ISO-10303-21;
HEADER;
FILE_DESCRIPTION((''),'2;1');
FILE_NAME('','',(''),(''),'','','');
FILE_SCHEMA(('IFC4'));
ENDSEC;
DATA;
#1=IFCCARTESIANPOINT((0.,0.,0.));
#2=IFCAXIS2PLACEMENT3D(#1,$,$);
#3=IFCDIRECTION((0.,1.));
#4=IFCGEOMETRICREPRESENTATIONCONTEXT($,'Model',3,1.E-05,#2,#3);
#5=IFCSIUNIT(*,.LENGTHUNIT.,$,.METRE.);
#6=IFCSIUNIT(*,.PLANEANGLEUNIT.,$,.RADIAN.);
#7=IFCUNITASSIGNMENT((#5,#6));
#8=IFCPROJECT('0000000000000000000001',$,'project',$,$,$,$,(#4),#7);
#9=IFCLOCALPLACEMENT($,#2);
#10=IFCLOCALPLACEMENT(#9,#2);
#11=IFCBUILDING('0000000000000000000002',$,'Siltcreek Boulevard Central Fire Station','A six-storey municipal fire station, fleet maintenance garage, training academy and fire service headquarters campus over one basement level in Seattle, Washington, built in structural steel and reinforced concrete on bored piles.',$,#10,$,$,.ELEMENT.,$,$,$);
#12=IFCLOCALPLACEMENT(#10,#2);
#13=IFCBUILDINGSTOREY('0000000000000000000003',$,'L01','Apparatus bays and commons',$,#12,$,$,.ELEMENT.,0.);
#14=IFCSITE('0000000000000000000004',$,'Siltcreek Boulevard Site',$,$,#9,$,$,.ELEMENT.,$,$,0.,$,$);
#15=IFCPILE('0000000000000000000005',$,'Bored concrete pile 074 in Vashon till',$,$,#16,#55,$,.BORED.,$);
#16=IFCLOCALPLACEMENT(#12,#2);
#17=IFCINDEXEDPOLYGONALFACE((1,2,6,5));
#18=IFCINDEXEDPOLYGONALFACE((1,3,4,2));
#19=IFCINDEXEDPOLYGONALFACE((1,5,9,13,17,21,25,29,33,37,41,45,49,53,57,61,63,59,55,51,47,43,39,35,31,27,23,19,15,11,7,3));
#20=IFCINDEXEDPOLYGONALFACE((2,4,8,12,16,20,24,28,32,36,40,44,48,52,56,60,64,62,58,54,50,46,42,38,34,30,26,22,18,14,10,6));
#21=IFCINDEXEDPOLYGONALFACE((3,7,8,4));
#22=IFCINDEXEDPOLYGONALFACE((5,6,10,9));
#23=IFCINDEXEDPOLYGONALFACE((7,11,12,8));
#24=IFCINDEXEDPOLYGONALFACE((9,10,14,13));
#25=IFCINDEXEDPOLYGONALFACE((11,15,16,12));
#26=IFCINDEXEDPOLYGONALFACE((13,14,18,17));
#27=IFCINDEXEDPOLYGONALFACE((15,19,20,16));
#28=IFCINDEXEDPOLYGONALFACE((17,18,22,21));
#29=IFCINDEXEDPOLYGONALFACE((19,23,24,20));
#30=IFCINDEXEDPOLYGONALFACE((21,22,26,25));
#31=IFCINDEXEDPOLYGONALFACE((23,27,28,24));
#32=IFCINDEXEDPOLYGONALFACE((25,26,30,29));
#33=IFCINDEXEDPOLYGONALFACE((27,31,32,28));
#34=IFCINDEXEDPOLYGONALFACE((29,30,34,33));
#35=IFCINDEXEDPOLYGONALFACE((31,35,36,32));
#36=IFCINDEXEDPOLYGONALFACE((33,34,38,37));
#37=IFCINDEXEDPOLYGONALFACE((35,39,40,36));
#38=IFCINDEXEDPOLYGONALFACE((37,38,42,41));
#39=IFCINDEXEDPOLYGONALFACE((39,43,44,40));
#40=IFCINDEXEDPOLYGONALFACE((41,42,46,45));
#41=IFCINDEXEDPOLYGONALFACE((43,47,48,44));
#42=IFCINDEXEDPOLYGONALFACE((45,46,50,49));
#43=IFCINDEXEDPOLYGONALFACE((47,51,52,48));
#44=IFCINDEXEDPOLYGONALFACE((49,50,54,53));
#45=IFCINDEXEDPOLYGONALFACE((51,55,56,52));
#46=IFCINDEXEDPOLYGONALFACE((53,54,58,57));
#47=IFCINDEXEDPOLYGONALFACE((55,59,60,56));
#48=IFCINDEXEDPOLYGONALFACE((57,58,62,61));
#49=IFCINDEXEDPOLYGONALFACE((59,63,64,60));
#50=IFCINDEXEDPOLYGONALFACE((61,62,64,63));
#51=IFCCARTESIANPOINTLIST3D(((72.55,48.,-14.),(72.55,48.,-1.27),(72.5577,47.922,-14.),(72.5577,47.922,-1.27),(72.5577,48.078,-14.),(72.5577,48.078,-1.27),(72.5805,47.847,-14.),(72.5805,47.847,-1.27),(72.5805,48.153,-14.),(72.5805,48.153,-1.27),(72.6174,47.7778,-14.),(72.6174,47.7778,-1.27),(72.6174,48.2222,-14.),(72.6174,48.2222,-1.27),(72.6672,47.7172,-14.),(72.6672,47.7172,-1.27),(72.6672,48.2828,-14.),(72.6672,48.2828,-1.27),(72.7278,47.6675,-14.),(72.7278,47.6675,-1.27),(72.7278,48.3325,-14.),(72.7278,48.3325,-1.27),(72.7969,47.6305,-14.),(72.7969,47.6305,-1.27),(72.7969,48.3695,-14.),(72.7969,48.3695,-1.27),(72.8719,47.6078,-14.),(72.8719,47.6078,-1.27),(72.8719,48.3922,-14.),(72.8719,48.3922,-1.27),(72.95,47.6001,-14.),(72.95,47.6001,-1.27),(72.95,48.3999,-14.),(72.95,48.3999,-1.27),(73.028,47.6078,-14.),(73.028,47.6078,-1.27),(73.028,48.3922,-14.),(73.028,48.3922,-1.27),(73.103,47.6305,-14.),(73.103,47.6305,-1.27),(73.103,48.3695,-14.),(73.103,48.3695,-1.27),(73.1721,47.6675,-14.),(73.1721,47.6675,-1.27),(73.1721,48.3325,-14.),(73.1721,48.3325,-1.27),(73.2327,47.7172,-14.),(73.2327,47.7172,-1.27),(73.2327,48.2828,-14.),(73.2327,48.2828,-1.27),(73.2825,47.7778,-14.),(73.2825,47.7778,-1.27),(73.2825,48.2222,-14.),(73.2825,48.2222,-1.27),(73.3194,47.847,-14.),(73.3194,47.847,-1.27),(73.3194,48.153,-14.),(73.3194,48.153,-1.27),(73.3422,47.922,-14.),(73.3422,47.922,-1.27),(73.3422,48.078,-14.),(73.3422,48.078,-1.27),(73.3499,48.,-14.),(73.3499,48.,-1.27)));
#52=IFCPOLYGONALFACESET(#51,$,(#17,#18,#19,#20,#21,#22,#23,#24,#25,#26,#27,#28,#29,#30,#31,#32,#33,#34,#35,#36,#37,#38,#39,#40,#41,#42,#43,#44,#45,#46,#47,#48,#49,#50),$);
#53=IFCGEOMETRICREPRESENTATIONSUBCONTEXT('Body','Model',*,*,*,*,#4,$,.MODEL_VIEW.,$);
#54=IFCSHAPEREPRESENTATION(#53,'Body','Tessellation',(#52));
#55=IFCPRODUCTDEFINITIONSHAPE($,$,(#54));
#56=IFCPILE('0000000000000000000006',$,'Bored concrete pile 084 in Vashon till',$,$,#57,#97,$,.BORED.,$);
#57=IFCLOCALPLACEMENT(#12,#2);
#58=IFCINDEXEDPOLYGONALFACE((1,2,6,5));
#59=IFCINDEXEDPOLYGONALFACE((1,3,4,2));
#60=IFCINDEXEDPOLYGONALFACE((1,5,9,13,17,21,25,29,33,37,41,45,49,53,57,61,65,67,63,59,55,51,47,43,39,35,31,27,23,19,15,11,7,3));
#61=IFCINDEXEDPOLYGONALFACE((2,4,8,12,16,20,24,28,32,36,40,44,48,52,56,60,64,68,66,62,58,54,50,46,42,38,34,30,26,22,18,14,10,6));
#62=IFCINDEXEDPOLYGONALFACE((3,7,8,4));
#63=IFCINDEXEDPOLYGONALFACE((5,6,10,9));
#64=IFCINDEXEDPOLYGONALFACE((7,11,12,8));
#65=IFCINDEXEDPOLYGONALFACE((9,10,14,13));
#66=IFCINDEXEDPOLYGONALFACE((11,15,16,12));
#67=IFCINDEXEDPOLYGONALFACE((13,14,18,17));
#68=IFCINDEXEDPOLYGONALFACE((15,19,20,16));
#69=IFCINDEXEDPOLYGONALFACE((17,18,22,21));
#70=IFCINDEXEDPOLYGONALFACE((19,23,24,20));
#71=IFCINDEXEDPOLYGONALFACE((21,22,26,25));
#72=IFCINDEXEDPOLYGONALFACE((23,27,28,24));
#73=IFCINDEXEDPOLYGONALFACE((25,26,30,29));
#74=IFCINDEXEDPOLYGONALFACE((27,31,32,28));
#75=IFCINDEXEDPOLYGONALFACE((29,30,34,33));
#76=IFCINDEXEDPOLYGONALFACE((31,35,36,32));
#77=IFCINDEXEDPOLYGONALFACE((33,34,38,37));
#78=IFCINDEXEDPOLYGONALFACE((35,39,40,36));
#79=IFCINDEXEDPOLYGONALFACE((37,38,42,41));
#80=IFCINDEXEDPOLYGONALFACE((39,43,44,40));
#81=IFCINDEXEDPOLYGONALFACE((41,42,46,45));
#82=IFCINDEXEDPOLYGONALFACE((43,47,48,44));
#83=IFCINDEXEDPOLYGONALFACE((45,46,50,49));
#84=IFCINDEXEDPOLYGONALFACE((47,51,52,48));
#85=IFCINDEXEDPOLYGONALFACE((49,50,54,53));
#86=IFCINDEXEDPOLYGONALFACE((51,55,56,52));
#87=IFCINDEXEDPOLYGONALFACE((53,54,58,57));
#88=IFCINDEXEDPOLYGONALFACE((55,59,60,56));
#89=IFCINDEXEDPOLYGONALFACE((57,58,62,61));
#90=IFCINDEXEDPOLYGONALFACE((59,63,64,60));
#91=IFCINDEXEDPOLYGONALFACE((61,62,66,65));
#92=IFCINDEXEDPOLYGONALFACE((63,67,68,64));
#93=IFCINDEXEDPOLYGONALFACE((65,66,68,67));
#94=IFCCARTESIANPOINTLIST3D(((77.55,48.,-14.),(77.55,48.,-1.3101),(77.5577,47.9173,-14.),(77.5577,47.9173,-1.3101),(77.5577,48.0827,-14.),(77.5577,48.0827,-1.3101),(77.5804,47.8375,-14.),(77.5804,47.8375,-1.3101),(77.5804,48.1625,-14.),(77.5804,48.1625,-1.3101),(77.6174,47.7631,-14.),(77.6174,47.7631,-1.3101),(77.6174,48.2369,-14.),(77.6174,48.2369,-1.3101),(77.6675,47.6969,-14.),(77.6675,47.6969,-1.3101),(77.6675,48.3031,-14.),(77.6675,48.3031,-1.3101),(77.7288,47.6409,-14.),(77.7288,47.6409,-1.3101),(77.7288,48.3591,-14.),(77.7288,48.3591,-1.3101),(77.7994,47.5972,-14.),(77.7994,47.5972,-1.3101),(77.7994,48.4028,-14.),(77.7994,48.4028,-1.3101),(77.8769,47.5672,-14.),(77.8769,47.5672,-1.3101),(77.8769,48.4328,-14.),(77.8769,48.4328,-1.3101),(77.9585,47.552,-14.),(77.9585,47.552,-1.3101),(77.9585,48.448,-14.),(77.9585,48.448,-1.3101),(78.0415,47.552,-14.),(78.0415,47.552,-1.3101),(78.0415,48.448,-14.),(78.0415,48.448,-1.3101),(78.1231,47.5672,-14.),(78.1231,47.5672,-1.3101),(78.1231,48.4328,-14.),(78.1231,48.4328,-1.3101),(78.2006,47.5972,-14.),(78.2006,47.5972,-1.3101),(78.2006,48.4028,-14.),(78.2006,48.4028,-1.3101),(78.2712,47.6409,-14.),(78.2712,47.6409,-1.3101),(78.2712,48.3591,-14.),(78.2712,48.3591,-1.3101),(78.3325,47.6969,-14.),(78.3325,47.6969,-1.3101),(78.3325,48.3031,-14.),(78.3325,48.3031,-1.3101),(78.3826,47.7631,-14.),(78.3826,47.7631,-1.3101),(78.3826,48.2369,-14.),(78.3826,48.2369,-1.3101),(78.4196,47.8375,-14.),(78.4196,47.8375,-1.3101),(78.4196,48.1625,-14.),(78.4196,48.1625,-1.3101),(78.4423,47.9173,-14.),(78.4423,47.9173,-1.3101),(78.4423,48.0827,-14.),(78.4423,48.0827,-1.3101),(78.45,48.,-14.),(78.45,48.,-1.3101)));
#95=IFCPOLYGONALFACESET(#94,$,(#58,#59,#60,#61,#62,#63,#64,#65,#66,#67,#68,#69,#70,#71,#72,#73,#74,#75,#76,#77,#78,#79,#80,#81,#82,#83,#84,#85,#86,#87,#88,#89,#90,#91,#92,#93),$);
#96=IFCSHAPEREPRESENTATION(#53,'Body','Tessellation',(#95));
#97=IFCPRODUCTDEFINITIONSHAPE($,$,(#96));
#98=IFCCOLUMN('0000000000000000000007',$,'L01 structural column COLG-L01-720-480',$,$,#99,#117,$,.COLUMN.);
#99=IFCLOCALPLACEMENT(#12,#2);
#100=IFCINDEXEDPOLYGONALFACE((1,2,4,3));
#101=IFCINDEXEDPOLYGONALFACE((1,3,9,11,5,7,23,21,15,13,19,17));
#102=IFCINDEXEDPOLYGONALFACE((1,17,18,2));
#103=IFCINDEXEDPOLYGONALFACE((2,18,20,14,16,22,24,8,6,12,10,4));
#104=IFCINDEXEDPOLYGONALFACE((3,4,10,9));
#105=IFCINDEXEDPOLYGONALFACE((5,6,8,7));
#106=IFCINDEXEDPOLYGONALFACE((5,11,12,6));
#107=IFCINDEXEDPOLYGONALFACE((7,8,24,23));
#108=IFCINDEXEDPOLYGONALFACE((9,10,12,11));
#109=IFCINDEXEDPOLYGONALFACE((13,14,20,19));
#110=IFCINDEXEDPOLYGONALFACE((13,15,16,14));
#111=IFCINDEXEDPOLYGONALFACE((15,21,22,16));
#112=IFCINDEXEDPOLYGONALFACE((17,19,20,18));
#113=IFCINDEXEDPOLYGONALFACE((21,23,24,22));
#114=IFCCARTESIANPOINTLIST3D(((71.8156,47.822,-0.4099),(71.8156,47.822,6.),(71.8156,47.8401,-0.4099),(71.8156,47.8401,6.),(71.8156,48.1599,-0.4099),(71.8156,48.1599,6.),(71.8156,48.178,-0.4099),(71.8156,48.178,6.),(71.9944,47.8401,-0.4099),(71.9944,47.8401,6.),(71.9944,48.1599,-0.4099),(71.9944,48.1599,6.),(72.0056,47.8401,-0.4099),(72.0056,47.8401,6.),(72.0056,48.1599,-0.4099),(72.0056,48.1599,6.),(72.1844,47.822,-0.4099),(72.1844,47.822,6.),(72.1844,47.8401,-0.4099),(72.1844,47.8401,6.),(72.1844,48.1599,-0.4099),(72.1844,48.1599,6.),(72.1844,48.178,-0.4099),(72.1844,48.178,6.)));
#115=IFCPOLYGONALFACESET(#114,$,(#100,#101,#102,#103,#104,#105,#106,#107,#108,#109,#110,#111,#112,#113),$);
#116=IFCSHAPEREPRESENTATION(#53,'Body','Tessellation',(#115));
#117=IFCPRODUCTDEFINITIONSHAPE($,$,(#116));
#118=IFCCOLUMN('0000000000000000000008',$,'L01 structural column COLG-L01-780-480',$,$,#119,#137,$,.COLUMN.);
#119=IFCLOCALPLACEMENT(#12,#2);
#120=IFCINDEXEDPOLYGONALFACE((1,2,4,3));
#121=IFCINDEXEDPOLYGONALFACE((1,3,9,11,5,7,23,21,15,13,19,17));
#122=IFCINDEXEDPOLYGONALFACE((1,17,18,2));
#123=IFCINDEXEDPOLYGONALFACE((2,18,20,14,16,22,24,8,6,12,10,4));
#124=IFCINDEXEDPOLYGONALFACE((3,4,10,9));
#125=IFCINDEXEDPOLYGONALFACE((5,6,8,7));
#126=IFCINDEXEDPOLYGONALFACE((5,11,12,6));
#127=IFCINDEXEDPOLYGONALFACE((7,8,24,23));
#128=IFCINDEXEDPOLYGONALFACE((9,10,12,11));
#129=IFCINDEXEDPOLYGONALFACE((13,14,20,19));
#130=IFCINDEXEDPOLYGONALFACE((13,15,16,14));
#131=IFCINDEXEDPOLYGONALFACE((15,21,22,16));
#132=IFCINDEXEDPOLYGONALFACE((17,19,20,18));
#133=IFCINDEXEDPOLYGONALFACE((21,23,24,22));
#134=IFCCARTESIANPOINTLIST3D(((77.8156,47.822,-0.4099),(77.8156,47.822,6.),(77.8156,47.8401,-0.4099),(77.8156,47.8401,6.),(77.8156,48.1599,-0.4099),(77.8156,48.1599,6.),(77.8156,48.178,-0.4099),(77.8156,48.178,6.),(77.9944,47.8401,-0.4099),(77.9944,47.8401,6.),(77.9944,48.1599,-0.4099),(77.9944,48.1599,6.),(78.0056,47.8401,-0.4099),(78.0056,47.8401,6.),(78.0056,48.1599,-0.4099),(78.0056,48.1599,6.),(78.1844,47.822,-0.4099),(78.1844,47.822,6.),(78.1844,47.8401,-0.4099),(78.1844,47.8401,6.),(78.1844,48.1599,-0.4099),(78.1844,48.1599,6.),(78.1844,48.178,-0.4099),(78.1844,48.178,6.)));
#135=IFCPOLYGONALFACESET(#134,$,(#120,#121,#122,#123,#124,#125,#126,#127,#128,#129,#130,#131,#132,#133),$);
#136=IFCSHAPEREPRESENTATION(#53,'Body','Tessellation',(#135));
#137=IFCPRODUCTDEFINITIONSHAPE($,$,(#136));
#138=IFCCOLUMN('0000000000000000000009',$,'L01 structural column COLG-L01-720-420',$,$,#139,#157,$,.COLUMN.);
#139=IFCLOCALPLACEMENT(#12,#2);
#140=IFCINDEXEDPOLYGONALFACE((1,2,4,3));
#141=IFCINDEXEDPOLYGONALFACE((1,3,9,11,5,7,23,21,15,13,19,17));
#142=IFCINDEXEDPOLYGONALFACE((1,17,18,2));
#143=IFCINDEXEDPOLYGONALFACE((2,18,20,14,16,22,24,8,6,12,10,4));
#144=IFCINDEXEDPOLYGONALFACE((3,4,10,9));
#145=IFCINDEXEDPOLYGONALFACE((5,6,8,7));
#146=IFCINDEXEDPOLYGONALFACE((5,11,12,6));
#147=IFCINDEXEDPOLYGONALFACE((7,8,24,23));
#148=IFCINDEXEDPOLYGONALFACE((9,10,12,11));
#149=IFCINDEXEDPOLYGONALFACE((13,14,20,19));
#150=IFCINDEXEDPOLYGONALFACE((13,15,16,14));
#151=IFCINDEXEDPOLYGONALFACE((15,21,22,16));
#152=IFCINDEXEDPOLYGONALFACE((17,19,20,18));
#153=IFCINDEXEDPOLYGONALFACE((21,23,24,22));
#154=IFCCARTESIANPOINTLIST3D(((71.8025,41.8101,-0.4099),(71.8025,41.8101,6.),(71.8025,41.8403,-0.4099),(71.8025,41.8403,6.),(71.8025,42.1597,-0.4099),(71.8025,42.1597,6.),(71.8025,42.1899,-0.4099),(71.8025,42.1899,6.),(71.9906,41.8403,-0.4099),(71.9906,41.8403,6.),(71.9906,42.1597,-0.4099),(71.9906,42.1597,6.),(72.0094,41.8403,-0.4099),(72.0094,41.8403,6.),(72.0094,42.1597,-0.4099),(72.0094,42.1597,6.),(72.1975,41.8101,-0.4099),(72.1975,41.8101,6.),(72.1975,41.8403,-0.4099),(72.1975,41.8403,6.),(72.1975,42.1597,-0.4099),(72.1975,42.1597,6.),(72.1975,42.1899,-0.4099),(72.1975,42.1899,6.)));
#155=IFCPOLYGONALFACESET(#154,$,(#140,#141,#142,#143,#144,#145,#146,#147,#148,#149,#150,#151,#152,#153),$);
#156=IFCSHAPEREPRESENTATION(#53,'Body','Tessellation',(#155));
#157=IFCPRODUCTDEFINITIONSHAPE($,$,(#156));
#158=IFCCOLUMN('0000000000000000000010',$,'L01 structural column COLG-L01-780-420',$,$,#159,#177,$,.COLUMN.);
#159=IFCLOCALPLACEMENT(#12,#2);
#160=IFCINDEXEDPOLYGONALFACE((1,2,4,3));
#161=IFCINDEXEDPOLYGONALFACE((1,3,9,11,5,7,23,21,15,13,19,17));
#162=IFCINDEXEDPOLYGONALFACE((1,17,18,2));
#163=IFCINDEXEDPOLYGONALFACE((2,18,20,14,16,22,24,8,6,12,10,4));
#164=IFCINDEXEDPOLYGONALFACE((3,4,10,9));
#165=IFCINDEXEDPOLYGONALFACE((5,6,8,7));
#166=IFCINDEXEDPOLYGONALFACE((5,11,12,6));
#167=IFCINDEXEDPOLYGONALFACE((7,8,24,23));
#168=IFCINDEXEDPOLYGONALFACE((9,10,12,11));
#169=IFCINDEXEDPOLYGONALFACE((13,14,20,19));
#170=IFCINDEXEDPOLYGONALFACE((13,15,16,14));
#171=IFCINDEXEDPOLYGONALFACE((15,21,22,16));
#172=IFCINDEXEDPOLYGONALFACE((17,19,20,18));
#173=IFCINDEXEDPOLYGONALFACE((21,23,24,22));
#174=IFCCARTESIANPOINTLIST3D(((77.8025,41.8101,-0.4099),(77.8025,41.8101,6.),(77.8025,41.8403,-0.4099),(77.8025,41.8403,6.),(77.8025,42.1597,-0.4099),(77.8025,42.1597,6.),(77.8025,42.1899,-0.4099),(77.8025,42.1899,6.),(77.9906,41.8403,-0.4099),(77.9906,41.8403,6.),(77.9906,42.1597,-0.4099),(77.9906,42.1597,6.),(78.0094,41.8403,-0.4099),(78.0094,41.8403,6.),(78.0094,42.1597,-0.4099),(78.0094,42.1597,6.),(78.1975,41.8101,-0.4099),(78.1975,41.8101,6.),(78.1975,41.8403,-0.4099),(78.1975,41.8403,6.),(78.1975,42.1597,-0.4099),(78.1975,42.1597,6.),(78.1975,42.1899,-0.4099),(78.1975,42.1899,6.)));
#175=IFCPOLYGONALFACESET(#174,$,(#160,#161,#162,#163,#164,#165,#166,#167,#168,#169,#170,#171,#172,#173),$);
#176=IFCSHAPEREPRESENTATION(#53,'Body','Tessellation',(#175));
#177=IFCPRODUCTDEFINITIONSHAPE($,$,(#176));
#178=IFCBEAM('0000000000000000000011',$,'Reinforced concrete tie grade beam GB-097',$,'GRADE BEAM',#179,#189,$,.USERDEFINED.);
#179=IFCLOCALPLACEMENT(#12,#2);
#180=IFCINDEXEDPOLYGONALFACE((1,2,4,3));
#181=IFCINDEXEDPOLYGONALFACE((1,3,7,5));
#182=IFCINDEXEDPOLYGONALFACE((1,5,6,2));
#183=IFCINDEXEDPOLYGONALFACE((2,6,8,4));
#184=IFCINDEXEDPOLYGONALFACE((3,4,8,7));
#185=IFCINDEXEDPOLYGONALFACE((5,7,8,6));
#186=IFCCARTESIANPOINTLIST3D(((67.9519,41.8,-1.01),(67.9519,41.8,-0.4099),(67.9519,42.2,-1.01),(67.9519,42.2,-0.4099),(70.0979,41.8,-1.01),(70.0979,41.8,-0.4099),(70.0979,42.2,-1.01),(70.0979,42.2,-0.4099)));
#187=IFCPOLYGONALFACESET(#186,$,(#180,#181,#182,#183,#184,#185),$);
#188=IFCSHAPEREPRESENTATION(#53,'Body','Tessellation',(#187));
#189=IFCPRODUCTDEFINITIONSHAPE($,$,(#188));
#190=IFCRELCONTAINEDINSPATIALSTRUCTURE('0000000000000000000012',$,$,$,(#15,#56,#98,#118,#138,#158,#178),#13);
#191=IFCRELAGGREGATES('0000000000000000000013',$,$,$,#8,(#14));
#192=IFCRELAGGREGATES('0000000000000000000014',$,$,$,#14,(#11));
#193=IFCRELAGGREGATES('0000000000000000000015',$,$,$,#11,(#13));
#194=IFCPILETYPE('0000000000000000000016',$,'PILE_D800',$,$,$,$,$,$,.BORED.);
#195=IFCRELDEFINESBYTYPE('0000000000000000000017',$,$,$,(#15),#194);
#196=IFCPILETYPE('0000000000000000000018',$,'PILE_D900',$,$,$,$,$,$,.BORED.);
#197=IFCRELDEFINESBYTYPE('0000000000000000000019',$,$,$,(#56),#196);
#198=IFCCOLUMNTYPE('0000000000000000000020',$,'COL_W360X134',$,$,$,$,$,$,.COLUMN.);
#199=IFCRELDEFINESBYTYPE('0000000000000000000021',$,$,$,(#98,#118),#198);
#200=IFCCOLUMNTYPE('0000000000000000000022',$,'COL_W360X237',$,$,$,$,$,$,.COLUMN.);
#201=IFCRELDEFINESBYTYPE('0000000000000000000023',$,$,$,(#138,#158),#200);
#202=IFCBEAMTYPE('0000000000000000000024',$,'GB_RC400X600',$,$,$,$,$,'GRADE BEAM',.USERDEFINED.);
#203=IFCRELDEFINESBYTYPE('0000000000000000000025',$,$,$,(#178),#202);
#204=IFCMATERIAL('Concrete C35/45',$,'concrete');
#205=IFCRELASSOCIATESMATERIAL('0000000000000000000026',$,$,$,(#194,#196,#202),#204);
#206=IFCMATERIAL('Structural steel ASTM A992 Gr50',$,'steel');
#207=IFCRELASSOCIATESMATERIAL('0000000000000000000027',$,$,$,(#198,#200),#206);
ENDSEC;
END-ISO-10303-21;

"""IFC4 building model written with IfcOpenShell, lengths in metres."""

from ifc_helpers import new_model, si_unit, direction, frame, origin, origin_2d, place, context, subcontext, project, spatial, rectangle, circle, i_section, extrude, material, material_profile, profile_set, type_object, element, save


model = new_model("IFC4")

# Units and contexts
model_context = context("Model", 3, precision=1e-05, world=origin(), true_north=direction((0.0, 1.0)))
body_context = subcontext(model_context, "Body", "Model", "MODEL_VIEW")
ifc_project = project(units=[si_unit("LENGTHUNIT", "METRE"), si_unit("PLANEANGLEUNIT", "RADIAN")], contexts=[model_context])

# Site, building, storey
site_placement = place(None, origin())
site = spatial("IfcSite", under=ifc_project, at=site_placement, Name="Siltcreek Boulevard Site", CompositionType="ELEMENT", RefElevation=0.0)
building_placement = place(site_placement, origin())
building = spatial("IfcBuilding", under=site, at=building_placement, Name="Siltcreek Boulevard Central Fire Station", Description="A six-storey municipal fire station, fleet maintenance garage, training academy and fire service headquarters campus over one basement level in Seattle, Washington, built in structural steel and reinforced concrete on bored piles.", CompositionType="ELEMENT")
storey_placement = place(building_placement, origin())
storey = spatial("IfcBuildingStorey", under=building, at=storey_placement, Name="L01", Description="Apparatus bays and commons", CompositionType="ELEMENT", Elevation=0.0)

# Shared definitions
ifc_material_1 = material(Name="Concrete C35/45", Category="concrete")

# Piles
ifc_material_profile_1 = material_profile(ifc_material_1, circle(Radius=0.3999, at=origin_2d()), Name="SHAFT800")
ifc_profile_set_1 = profile_set([ifc_material_profile_1], Name="Concrete C35/45")
pile_type_1 = type_object("IfcPileType", Name="PILE_D800", PredefinedType="BORED", material=ifc_profile_set_1)
for number, where, z_axis, x_axis, name in (
    (1, (72.95, 48.0, -1.27), (0.0, 0.0, -1.0), (1.0, 0.0, 0.0), "Bored concrete pile 074 in Vashon till"),
):
    element("IfcPile", number, at=place(storey_placement, frame(where, z_axis=z_axis, x_axis=x_axis)), inside=storey, type_object=pile_type_1, Name=name, PredefinedType="BORED", context=body_context, shape_type="SweptSolid", body=[
        extrude(circle(Radius=0.3999, at=origin_2d()), origin(), (0.0, 0.0, 1.0), 12.73),
    ])
ifc_material_profile_2 = material_profile(ifc_material_1, circle(Radius=0.45, at=origin_2d()), Name="SHAFT900")
ifc_profile_set_2 = profile_set([ifc_material_profile_2], Name="Concrete C35/45")
pile_type_2 = type_object("IfcPileType", Name="PILE_D900", PredefinedType="BORED", material=ifc_profile_set_2)
pile_placement = place(storey_placement, frame((78.0, 48.0, -1.3101), z_axis=(0.0, 0.0, -1.0), x_axis=(1.0, 0.0, 0.0)))
element("IfcPile", 2, at=pile_placement, inside=storey, type_object=pile_type_2, Name="Bored concrete pile 084 in Vashon till", PredefinedType="BORED", context=body_context, shape_type="SweptSolid", body=[
    extrude(circle(Radius=0.45, at=origin_2d()), origin(), (0.0, 0.0, 1.0), 12.6899),
])

# Columns
ifc_material_2 = material(Name="Structural steel ASTM A992 Gr50", Category="steel")
ifc_material_profile_3 = material_profile(ifc_material_2, i_section(OverallWidth=0.3689, OverallDepth=0.356, WebThickness=0.0112, FlangeThickness=0.0181, at=origin_2d()), Name="W360X134")
ifc_profile_set_3 = profile_set([ifc_material_profile_3], Name="Structural steel ASTM A992 Gr50")
column_type_1 = type_object("IfcColumnType", Name="COL_W360X134", PredefinedType="COLUMN", material=ifc_profile_set_3)
for number, where, z_axis, x_axis, name in (
    (3, (72.0, 48.0, -0.4099), (0.0, 0.0, 1.0), (1.0, 0.0, 0.0), "L01 structural column COLG-L01-720-480"),
    (4, (78.0, 48.0, -0.4099), (0.0, 0.0, 1.0), (1.0, 0.0, 0.0), "L01 structural column COLG-L01-780-480"),
):
    element("IfcColumn", number, at=place(storey_placement, frame(where, z_axis=z_axis, x_axis=x_axis)), inside=storey, type_object=column_type_1, Name=name, PredefinedType="COLUMN", context=body_context, shape_type="SweptSolid", body=[
        extrude(i_section(OverallWidth=0.3689, OverallDepth=0.356, WebThickness=0.0112, FlangeThickness=0.0181, at=origin_2d()), origin(), (0.0, 0.0, 1.0), 6.4099),
    ])
ifc_material_profile_4 = material_profile(ifc_material_2, i_section(OverallWidth=0.395, OverallDepth=0.3799, WebThickness=0.0188, FlangeThickness=0.0303, at=origin_2d()), Name="W360X237")
ifc_profile_set_4 = profile_set([ifc_material_profile_4], Name="Structural steel ASTM A992 Gr50")
column_type_2 = type_object("IfcColumnType", Name="COL_W360X237", PredefinedType="COLUMN", material=ifc_profile_set_4)
for number, where, z_axis, x_axis, name in (
    (5, (72.0, 42.0, -0.4099), (0.0, 0.0, 1.0), (1.0, 0.0, 0.0), "L01 structural column COLG-L01-720-420"),
    (6, (78.0, 42.0, -0.4099), (0.0, 0.0, 1.0), (1.0, 0.0, 0.0), "L01 structural column COLG-L01-780-420"),
):
    element("IfcColumn", number, at=place(storey_placement, frame(where, z_axis=z_axis, x_axis=x_axis)), inside=storey, type_object=column_type_2, Name=name, PredefinedType="COLUMN", context=body_context, shape_type="SweptSolid", body=[
        extrude(i_section(OverallWidth=0.395, OverallDepth=0.3799, WebThickness=0.0188, FlangeThickness=0.0303, at=origin_2d()), origin(), (0.0, 0.0, 1.0), 6.4099),
    ])

# Beam
ifc_material_profile_5 = material_profile(ifc_material_1, rectangle(XDim=0.3999, YDim=0.6001, at=origin_2d()), Name="RC400X600")
ifc_profile_set_5 = profile_set([ifc_material_profile_5], Name="Concrete C35/45")
beam_type_1 = type_object("IfcBeamType", Name="GB_RC400X600", ElementType="GRADE BEAM", PredefinedType="USERDEFINED", material=ifc_profile_set_5)
beam_1_placement = place(storey_placement, frame((67.9519, 42.0, -0.71), z_axis=(1.0, 0.0, 0.0), x_axis=(0.0, 1.0, 0.0)))
element("IfcBeam", 7, at=beam_1_placement, inside=storey, type_object=beam_type_1, Name="Reinforced concrete tie grade beam GB-097", ObjectType="GRADE BEAM", PredefinedType="USERDEFINED", context=body_context, shape_type="SweptSolid", body=[
    extrude(rectangle(XDim=0.3999, YDim=0.6001, at=origin_2d()), origin(), (0.0, 0.0, 1.0), 2.146),
])

save(model, "model.ifc")
